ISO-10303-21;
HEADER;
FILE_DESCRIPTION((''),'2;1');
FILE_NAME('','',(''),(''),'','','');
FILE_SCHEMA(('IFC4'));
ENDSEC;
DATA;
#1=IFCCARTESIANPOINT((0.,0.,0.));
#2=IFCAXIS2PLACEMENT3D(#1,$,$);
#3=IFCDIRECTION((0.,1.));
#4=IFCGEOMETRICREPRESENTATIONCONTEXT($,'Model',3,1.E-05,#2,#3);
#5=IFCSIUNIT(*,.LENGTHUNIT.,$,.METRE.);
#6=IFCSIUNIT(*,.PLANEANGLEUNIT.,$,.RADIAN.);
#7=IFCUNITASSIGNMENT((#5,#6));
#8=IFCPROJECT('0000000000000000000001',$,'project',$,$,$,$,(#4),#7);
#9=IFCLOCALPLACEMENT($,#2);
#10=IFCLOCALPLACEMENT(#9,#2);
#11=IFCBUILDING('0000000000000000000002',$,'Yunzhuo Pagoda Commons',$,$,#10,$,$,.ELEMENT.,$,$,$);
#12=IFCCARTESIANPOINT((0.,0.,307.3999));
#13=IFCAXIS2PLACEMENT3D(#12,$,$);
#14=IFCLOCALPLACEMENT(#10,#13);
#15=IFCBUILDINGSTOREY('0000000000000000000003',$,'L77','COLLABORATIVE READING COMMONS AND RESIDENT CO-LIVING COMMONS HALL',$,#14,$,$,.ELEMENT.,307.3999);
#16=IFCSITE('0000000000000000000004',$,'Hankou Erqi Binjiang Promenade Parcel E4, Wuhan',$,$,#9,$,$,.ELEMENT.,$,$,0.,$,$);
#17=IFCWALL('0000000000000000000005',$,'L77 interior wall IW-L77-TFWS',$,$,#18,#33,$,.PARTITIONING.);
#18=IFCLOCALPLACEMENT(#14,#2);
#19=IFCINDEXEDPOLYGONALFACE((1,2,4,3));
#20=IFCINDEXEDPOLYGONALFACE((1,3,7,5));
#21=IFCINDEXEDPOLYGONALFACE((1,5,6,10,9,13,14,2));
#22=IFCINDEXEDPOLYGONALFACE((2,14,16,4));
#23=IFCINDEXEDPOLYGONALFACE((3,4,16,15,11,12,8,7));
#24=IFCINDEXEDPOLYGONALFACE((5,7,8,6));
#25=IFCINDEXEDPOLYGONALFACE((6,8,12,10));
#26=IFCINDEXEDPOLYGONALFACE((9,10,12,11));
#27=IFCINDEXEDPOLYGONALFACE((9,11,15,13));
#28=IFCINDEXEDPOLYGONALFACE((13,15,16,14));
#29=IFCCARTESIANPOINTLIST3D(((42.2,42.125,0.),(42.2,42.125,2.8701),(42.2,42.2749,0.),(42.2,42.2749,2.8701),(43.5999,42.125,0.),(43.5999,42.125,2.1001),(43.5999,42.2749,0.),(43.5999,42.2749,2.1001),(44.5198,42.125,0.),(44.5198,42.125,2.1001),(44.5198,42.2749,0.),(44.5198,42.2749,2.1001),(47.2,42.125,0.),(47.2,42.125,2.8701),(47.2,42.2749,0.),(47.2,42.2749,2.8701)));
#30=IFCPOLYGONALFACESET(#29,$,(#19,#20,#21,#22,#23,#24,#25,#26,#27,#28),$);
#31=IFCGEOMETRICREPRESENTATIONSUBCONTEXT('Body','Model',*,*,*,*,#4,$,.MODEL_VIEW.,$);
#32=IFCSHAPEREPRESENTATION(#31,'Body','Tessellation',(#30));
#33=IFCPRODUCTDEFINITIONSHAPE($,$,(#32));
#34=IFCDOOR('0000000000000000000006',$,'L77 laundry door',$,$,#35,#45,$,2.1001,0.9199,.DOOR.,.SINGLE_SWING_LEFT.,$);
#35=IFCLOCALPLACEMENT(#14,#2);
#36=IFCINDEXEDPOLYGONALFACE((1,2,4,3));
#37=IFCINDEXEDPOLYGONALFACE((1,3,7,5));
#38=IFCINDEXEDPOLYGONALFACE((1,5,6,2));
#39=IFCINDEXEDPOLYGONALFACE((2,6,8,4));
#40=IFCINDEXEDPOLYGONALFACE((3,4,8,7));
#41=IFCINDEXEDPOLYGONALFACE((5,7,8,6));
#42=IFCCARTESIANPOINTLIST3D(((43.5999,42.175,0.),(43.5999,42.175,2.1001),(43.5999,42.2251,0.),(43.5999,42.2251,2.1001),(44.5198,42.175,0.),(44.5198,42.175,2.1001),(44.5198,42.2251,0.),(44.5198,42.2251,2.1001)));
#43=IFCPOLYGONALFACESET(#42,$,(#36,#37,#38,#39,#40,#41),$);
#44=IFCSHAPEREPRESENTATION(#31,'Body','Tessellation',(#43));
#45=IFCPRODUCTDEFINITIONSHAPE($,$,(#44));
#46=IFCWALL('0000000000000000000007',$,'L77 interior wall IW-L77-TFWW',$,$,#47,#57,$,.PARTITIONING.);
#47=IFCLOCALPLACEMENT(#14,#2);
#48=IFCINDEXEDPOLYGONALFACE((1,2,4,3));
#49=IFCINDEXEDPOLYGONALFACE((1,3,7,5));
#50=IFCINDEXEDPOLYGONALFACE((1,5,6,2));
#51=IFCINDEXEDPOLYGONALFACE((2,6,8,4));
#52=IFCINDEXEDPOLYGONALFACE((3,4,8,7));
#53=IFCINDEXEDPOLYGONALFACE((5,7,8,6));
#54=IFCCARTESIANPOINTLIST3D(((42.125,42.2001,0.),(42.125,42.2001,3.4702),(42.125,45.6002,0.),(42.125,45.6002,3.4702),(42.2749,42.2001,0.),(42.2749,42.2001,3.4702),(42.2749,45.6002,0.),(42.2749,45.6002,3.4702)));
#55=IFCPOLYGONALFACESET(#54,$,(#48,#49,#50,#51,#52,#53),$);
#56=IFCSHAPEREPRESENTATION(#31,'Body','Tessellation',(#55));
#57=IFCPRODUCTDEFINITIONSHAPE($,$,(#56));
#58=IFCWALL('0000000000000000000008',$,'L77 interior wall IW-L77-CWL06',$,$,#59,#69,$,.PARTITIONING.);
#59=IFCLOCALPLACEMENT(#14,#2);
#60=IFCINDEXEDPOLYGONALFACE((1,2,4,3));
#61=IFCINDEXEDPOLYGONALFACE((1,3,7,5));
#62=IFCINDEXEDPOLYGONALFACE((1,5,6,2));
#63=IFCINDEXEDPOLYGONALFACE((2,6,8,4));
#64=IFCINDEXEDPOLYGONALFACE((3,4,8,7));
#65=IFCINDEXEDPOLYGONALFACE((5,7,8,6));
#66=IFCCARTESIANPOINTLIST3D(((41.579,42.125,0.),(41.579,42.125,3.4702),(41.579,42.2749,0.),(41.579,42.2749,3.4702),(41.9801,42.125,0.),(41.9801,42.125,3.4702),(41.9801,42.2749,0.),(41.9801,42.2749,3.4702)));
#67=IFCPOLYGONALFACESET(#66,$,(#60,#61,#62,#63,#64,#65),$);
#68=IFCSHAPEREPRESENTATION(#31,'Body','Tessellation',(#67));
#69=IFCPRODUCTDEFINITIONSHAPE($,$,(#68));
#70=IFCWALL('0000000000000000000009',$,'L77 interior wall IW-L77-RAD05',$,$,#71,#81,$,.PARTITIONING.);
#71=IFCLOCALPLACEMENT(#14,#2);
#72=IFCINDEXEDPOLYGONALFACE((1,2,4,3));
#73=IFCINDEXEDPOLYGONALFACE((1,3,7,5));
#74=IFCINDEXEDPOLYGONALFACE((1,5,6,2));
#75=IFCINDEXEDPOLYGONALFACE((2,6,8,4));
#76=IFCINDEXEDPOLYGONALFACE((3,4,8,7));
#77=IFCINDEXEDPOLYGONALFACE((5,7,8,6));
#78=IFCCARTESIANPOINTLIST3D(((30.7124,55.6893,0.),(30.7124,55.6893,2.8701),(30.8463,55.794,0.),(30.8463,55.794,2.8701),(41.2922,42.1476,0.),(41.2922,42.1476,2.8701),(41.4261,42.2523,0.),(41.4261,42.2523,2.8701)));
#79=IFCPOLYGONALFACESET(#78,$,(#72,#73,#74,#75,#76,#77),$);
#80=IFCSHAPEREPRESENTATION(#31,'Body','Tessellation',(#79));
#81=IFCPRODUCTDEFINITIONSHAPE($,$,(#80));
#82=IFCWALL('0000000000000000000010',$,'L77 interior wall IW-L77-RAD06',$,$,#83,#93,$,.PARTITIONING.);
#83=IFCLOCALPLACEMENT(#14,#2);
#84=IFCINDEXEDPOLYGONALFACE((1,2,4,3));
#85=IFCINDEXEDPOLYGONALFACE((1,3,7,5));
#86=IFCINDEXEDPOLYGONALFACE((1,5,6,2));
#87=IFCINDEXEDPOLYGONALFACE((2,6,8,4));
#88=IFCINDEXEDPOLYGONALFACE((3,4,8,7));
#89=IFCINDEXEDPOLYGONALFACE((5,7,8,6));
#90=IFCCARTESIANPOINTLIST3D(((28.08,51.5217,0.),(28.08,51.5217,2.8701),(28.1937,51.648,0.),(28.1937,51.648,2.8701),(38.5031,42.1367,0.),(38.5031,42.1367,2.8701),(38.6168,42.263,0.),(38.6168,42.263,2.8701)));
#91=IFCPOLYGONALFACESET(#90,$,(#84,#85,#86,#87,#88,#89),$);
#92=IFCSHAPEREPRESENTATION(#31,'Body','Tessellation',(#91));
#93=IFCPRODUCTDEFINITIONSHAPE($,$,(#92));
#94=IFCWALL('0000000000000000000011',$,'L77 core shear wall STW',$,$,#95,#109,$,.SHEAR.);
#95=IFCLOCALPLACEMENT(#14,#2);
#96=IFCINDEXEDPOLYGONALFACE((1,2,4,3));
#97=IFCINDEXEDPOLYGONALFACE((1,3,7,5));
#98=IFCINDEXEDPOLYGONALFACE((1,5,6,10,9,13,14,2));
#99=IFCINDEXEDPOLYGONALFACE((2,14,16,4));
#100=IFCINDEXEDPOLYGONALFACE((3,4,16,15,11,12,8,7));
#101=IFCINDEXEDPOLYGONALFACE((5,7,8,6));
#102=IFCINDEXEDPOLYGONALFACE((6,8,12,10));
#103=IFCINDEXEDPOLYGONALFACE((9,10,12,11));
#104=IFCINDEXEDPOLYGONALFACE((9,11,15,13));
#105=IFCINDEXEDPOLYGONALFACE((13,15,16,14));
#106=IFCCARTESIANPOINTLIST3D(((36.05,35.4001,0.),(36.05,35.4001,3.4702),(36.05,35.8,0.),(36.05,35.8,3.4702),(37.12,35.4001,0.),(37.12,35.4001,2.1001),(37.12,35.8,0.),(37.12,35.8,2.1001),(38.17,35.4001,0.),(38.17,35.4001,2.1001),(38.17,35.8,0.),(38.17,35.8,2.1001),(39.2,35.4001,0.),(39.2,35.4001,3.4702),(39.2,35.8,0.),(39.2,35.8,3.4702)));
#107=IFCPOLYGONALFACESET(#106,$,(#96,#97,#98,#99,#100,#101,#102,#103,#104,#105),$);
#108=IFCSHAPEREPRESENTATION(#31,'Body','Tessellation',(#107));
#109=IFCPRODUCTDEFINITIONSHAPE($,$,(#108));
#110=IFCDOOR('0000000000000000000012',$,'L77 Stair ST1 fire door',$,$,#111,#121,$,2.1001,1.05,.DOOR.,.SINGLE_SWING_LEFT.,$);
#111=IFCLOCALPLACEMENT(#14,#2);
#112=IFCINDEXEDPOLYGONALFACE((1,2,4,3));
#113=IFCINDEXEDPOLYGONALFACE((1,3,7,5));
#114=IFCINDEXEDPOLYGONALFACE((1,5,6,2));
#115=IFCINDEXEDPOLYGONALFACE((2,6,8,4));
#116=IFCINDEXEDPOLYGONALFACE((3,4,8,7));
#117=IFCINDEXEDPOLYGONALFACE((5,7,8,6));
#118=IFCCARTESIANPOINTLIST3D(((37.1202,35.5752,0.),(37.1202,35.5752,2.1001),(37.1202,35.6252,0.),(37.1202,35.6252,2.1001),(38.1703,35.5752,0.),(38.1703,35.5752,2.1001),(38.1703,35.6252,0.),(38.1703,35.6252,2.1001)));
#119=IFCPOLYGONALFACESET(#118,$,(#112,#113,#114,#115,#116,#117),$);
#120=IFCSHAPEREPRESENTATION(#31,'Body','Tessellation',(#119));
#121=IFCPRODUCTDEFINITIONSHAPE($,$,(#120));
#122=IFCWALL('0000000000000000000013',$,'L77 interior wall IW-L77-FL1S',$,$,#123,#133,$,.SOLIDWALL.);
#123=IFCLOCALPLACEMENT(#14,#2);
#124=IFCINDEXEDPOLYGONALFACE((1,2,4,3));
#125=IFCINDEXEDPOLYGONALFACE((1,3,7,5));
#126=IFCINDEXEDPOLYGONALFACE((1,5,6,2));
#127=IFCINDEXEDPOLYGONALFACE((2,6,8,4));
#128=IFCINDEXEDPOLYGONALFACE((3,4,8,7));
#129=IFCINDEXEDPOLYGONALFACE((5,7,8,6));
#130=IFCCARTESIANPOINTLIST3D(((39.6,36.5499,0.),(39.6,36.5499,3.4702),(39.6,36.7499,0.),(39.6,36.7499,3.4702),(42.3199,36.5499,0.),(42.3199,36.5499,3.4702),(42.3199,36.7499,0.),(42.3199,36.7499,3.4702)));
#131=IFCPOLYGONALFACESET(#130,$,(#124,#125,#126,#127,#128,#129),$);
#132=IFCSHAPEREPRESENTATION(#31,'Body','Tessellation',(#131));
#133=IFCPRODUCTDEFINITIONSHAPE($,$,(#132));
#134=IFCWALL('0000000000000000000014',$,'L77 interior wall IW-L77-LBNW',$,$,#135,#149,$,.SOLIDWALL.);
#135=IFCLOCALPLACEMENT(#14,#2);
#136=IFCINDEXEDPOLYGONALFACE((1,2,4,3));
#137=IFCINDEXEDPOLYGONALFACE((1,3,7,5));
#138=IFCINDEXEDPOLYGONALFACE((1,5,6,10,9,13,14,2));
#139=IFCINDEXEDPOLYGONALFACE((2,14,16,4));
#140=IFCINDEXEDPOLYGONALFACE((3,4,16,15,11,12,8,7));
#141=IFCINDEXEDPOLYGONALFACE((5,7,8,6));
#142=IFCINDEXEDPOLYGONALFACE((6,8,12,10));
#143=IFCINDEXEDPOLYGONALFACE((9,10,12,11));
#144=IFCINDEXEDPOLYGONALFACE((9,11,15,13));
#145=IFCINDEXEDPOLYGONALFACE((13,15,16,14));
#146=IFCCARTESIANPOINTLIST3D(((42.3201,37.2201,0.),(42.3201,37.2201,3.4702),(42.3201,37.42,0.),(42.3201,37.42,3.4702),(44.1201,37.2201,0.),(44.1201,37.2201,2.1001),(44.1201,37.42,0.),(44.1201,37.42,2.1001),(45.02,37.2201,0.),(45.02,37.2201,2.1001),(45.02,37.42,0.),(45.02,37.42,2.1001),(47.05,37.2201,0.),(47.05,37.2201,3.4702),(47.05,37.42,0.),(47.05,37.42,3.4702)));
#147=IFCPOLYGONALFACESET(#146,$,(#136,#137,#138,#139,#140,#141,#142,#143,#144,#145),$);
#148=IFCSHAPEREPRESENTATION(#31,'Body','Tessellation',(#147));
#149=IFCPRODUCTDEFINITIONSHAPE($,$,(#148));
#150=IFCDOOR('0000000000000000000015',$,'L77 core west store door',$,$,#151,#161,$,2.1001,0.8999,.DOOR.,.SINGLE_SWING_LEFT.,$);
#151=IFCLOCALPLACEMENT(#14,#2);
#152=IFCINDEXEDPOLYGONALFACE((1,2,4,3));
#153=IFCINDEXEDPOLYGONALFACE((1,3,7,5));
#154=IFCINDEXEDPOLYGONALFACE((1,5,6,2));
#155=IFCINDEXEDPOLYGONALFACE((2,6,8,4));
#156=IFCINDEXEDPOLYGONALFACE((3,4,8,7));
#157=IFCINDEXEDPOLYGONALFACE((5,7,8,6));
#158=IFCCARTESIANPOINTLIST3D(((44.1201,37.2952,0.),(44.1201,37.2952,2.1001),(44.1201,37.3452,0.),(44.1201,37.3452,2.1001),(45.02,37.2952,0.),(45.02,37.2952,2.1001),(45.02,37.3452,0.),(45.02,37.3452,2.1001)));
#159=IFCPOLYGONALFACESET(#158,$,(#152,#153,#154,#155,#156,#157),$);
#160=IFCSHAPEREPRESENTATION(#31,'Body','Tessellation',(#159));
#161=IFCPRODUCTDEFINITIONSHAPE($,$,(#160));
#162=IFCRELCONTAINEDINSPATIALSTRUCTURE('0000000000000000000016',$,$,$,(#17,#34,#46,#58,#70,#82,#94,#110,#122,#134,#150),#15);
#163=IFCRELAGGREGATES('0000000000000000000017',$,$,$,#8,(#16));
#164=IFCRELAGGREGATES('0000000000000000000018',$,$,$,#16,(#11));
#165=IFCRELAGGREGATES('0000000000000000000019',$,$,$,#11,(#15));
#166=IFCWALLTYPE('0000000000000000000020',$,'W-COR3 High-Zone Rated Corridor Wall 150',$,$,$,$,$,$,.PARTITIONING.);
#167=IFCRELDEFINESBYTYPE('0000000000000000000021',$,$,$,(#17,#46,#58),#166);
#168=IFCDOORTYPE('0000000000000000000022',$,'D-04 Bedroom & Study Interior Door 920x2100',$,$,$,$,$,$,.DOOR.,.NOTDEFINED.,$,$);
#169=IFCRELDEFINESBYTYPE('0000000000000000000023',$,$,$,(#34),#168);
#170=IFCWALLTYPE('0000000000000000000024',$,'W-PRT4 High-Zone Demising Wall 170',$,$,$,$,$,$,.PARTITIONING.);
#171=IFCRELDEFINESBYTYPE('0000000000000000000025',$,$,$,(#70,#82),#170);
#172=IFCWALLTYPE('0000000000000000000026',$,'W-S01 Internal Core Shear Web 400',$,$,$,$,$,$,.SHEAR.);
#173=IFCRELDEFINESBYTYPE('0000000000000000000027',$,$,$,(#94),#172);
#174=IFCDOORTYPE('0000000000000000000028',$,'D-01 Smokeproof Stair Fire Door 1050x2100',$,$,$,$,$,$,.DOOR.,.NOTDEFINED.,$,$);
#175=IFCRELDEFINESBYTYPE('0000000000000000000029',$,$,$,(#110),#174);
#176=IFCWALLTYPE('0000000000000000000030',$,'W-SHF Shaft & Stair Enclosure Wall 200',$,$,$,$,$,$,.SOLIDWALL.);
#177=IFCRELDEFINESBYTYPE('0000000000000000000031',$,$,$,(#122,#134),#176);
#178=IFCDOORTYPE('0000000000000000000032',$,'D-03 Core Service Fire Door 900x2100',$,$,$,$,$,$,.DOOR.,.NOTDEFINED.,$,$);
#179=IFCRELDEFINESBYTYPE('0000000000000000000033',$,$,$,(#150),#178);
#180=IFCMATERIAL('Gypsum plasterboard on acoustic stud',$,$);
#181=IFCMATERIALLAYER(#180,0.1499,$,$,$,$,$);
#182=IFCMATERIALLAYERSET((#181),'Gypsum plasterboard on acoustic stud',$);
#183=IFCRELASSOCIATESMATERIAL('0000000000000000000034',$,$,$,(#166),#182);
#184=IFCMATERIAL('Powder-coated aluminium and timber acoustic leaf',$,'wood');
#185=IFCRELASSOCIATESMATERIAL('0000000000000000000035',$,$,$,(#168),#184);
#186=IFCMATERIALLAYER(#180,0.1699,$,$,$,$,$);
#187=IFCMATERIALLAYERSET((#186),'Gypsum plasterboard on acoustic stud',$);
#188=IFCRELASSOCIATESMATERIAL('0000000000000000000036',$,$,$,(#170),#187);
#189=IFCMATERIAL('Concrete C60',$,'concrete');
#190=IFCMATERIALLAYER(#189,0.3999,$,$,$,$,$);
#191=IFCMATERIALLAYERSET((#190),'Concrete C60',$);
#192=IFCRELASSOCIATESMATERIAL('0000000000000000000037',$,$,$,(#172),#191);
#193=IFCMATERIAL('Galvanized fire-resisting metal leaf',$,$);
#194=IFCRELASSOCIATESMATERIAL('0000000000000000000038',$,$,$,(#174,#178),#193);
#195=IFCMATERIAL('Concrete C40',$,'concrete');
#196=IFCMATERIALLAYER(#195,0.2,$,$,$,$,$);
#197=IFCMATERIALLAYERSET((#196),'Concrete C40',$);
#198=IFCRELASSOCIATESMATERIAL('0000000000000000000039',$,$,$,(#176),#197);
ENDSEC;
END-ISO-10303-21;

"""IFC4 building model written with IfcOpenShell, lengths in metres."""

from ifc_helpers import new_model, si_unit, direction, frame, frame_2d, origin, place, context, subcontext, project, spatial, rectangle, extrude, source, transform, mapped, material, layer, layer_set, type_object, element, fill, save


model = new_model("IFC4")

# Units and contexts
model_context = context("Model", 3, precision=1e-05, world=origin(), true_north=direction((0.0, 1.0)))
body_context = subcontext(model_context, "Body", "Model", "MODEL_VIEW")
ifc_project = project(units=[si_unit("LENGTHUNIT", "METRE"), si_unit("PLANEANGLEUNIT", "RADIAN")], contexts=[model_context])

# Site, building, storey
site_placement = place(None, origin())
site = spatial("IfcSite", under=ifc_project, at=site_placement, Name="Hankou Erqi Binjiang Promenade Parcel E4, Wuhan", CompositionType="ELEMENT", RefElevation=0.0)
building_placement = place(site_placement, origin())
building = spatial("IfcBuilding", under=site, at=building_placement, Name="Yunzhuo Pagoda Commons", CompositionType="ELEMENT")
storey_placement = place(building_placement, frame((0.0, 0.0, 307.3999)))
storey = spatial("IfcBuildingStorey", under=building, at=storey_placement, Name="L77", Description="COLLABORATIVE READING COMMONS AND RESIDENT CO-LIVING COMMONS HALL", CompositionType="ELEMENT", Elevation=307.3999)

# Wall, opening, door
ifc_material_1 = material(Name="Galvanized fire-resisting metal leaf")
shared_shape_1 = source(origin(), body_context, "Body", "SweptSolid", [
    extrude(rectangle(XDim=1.05, YDim=2.1001, at=frame_2d((0.5249, 1.05))), frame((0.0, 0.0249, 0.0), z_axis=(0.0, -1.0, 0.0), x_axis=(1.0, 0.0, 0.0)), (0.0, 0.0, 1.0), 0.05),
])
ifc_material_2 = material(Name="Gypsum plasterboard on acoustic stud")
ifc_layer_1 = layer(ifc_material_2, 0.1499)
ifc_layer_set_1 = layer_set([ifc_layer_1], Name="Gypsum plasterboard on acoustic stud")
wall_type_1 = type_object("IfcWallType", Name="W-COR3 High-Zone Rated Corridor Wall 150", PredefinedType="PARTITIONING", material=ifc_layer_set_1)
wall_1_placement = place(storey_placement, frame((42.2, 42.2, 0.0), z_axis=(0.0, 0.0, 1.0), x_axis=(1.0, 0.0, 0.0)))
wall_1 = element("IfcWall", 1, at=wall_1_placement, inside=storey, type_object=wall_type_1, Name="L77 interior wall IW-L77-TFWS", PredefinedType="PARTITIONING", context=body_context, shape_type="SweptSolid", body=[
    extrude(rectangle(XDim=5.0, YDim=0.1499, at=frame_2d((2.5, 0.0))), origin(), (0.0, 0.0, 1.0), 2.8701),
])
opening_1_placement = place(wall_1_placement, frame((1.3999, 0.0, 0.0)))
opening_1 = element("IfcOpeningElement", 2, at=opening_1_placement, cuts=wall_1, PredefinedType="OPENING", context=body_context, shape_type="SweptSolid", body=[
    extrude(rectangle(XDim=0.9199, YDim=2.1001, at=frame_2d((0.46, 1.05))), frame((0.0, 0.085, 0.0), z_axis=(0.0, -1.0, 0.0), x_axis=(1.0, 0.0, 0.0)), (0.0, 0.0, 1.0), 0.1699),
])
ifc_material_3 = material(Name="Powder-coated aluminium and timber acoustic leaf", Category="wood")
door_type_1 = type_object("IfcDoorType", Name="D-04 Bedroom & Study Interior Door 920x2100", OperationType="NOTDEFINED", PredefinedType="DOOR", material=ifc_material_3)
shared_shape_2 = source(origin(), body_context, "Body", "SweptSolid", [
    extrude(rectangle(XDim=0.9199, YDim=2.1001, at=frame_2d((0.46, 1.05))), frame((0.0, 0.0249, 0.0), z_axis=(0.0, -1.0, 0.0), x_axis=(1.0, 0.0, 0.0)), (0.0, 0.0, 1.0), 0.05),
])
door_1_placement = place(opening_1_placement, frame((0.9199, 0.0, 0.0), z_axis=(0.0, 0.0, 1.0), x_axis=(-1.0, 0.0, 0.0)))
door_1 = element("IfcDoor", 3, at=door_1_placement, inside=storey, type_object=door_type_1, Name="L77 laundry door", OperationType="SINGLE_SWING_LEFT", OverallHeight=2.1001, OverallWidth=0.9199, PredefinedType="DOOR", context=body_context, shape_type="MappedRepresentation", body=[
    mapped(shared_shape_2, transform((0.0, 0.0, 0.0), scale=1.0)),
])
fill(opening_1, door_1)

# Wall
wall_2_placement = place(storey_placement, frame((42.2, 42.2, 0.0), z_axis=(0.0, 0.0, 1.0), x_axis=(0.0, 1.0, 0.0)))
element("IfcWall", 4, at=wall_2_placement, inside=storey, type_object=wall_type_1, Name="L77 interior wall IW-L77-TFWW", PredefinedType="PARTITIONING", context=body_context, shape_type="SweptSolid", body=[
    extrude(rectangle(XDim=3.4001, YDim=0.1499, at=frame_2d((1.7002, 0.0))), origin(), (0.0, 0.0, 1.0), 3.4702),
])

# Walls
wall_3_placement = place(storey_placement, frame((41.5789, 42.2, 0.0), z_axis=(0.0, 0.0, 1.0), x_axis=(1.0, 0.0, 0.0)))
element("IfcWall", 5, at=wall_3_placement, inside=storey, type_object=wall_type_1, Name="L77 interior wall IW-L77-CWL06", PredefinedType="PARTITIONING", context=body_context, shape_type="SweptSolid", body=[
    extrude(rectangle(XDim=0.4011, YDim=0.1499, at=frame_2d((0.2007, 0.0))), origin(), (0.0, 0.0, 1.0), 3.4702),
])
ifc_layer_2 = layer(ifc_material_2, 0.1699)
ifc_layer_set_2 = layer_set([ifc_layer_2], Name="Gypsum plasterboard on acoustic stud")
wall_type_2 = type_object("IfcWallType", Name="W-PRT4 High-Zone Demising Wall 170", PredefinedType="PARTITIONING", material=ifc_layer_set_2)
wall_4_placement = place(storey_placement, frame((41.3591, 42.2, 0.0), z_axis=(0.0, 0.0, 1.0), x_axis=(-0.615656, 0.788015, 0.0)))
element("IfcWall", 6, at=wall_4_placement, inside=storey, type_object=wall_type_2, Name="L77 interior wall IW-L77-RAD05", PredefinedType="PARTITIONING", context=body_context, shape_type="SweptSolid", body=[
    extrude(rectangle(XDim=17.1846, YDim=0.1699, at=frame_2d((8.5923, 0.0))), origin(), (0.0, 0.0, 1.0), 2.8701),
])
wall_5_placement = place(storey_placement, frame((38.5598, 42.2, 0.0), z_axis=(0.0, 0.0, 1.0), x_axis=(-0.743144, 0.669131, 0.0)))
element("IfcWall", 7, at=wall_5_placement, inside=storey, type_object=wall_type_2, Name="L77 interior wall IW-L77-RAD06", PredefinedType="PARTITIONING", context=body_context, shape_type="SweptSolid", body=[
    extrude(rectangle(XDim=14.0256, YDim=0.1699, at=frame_2d((7.0127, 0.0))), origin(), (0.0, 0.0, 1.0), 2.8701),
])

# Wall, opening, door
ifc_material_4 = material(Name="Concrete C60", Category="concrete")
ifc_layer_3 = layer(ifc_material_4, 0.3999)
ifc_layer_set_3 = layer_set([ifc_layer_3], Name="Concrete C60")
wall_type_3 = type_object("IfcWallType", Name="W-S01 Internal Core Shear Web 400", PredefinedType="SHEAR", material=ifc_layer_set_3)
wall_6_placement = place(storey_placement, frame((36.05, 35.6001, 0.0), z_axis=(0.0, 0.0, 1.0), x_axis=(1.0, 0.0, 0.0)))
wall_6 = element("IfcWall", 8, at=wall_6_placement, inside=storey, type_object=wall_type_3, Name="L77 core shear wall STW", PredefinedType="SHEAR", context=body_context, shape_type="SweptSolid", body=[
    extrude(rectangle(XDim=3.1499, YDim=0.3999, at=frame_2d((1.575, 0.0))), origin(), (0.0, 0.0, 1.0), 3.4702),
])
opening_2_placement = place(wall_6_placement, frame((1.0701, 0.0, 0.0)))
opening_2 = element("IfcOpeningElement", 9, at=opening_2_placement, cuts=wall_6, PredefinedType="OPENING", context=body_context, shape_type="SweptSolid", body=[
    extrude(rectangle(XDim=1.05, YDim=2.1001, at=frame_2d((0.5249, 1.05))), frame((0.0, 0.21, 0.0), z_axis=(0.0, -1.0, 0.0), x_axis=(1.0, 0.0, 0.0)), (0.0, 0.0, 1.0), 0.4199),
])
door_type_2 = type_object("IfcDoorType", Name="D-01 Smokeproof Stair Fire Door 1050x2100", OperationType="NOTDEFINED", PredefinedType="DOOR", material=ifc_material_1)
door_2_placement = place(opening_2_placement, frame((1.05, 0.0, 0.0), z_axis=(0.0, 0.0, 1.0), x_axis=(-1.0, 0.0, 0.0)))
door_2 = element("IfcDoor", 10, at=door_2_placement, inside=storey, type_object=door_type_2, Name="L77 Stair ST1 fire door", OperationType="SINGLE_SWING_LEFT", OverallHeight=2.1001, OverallWidth=1.05, PredefinedType="DOOR", context=body_context, shape_type="MappedRepresentation", body=[
    mapped(shared_shape_1, transform((0.0, 0.0, 0.0), scale=1.0)),
])
fill(opening_2, door_2)

# Wall
ifc_material_5 = material(Name="Concrete C40", Category="concrete")
ifc_layer_4 = layer(ifc_material_5, 0.2)
ifc_layer_set_4 = layer_set([ifc_layer_4], Name="Concrete C40")
wall_type_4 = type_object("IfcWallType", Name="W-SHF Shaft & Stair Enclosure Wall 200", PredefinedType="SOLIDWALL", material=ifc_layer_set_4)
wall_7_placement = place(storey_placement, frame((39.6001, 36.6499, 0.0), z_axis=(0.0, 0.0, 1.0), x_axis=(1.0, 0.0, 0.0)))
element("IfcWall", 11, at=wall_7_placement, inside=storey, type_object=wall_type_4, Name="L77 interior wall IW-L77-FL1S", PredefinedType="SOLIDWALL", context=body_context, shape_type="SweptSolid", body=[
    extrude(rectangle(XDim=2.72, YDim=0.2, at=frame_2d((1.3599, 0.0))), origin(), (0.0, 0.0, 1.0), 3.4702),
])

# Wall, opening, door
wall_8_placement = place(storey_placement, frame((42.3201, 37.3201, 0.0), z_axis=(0.0, 0.0, 1.0), x_axis=(1.0, 0.0, 0.0)))
wall_8 = element("IfcWall", 12, at=wall_8_placement, inside=storey, type_object=wall_type_4, Name="L77 interior wall IW-L77-LBNW", PredefinedType="SOLIDWALL", context=body_context, shape_type="SweptSolid", body=[
    extrude(rectangle(XDim=4.73, YDim=0.2, at=frame_2d((2.365, 0.0))), origin(), (0.0, 0.0, 1.0), 3.4702),
])
opening_3_placement = place(wall_8_placement, frame((1.8, 0.0, 0.0)))
opening_3 = element("IfcOpeningElement", 13, at=opening_3_placement, cuts=wall_8, PredefinedType="OPENING", context=body_context, shape_type="SweptSolid", body=[
    extrude(rectangle(XDim=0.8999, YDim=2.1001, at=frame_2d((0.45, 1.05))), frame((0.0, 0.1099, 0.0), z_axis=(0.0, -1.0, 0.0), x_axis=(1.0, 0.0, 0.0)), (0.0, 0.0, 1.0), 0.22),
])
door_type_3 = type_object("IfcDoorType", Name="D-03 Core Service Fire Door 900x2100", OperationType="NOTDEFINED", PredefinedType="DOOR", material=ifc_material_1)
shared_shape_3 = source(origin(), body_context, "Body", "SweptSolid", [
    extrude(rectangle(XDim=0.8999, YDim=2.1001, at=frame_2d((0.45, 1.05))), frame((0.0, 0.0249, 0.0), z_axis=(0.0, -1.0, 0.0), x_axis=(1.0, 0.0, 0.0)), (0.0, 0.0, 1.0), 0.05),
])
door_3_placement = place(opening_3_placement, frame((0.8999, 0.0, 0.0), z_axis=(0.0, 0.0, 1.0), x_axis=(-1.0, 0.0, 0.0)))
door_3 = element("IfcDoor", 14, at=door_3_placement, inside=storey, type_object=door_type_3, Name="L77 core west store door", OperationType="SINGLE_SWING_LEFT", OverallHeight=2.1001, OverallWidth=0.8999, PredefinedType="DOOR", context=body_context, shape_type="MappedRepresentation", body=[
    mapped(shared_shape_3, transform((0.0, 0.0, 0.0), scale=1.0)),
])
fill(opening_3, door_3)

save(model, "model.ifc")
